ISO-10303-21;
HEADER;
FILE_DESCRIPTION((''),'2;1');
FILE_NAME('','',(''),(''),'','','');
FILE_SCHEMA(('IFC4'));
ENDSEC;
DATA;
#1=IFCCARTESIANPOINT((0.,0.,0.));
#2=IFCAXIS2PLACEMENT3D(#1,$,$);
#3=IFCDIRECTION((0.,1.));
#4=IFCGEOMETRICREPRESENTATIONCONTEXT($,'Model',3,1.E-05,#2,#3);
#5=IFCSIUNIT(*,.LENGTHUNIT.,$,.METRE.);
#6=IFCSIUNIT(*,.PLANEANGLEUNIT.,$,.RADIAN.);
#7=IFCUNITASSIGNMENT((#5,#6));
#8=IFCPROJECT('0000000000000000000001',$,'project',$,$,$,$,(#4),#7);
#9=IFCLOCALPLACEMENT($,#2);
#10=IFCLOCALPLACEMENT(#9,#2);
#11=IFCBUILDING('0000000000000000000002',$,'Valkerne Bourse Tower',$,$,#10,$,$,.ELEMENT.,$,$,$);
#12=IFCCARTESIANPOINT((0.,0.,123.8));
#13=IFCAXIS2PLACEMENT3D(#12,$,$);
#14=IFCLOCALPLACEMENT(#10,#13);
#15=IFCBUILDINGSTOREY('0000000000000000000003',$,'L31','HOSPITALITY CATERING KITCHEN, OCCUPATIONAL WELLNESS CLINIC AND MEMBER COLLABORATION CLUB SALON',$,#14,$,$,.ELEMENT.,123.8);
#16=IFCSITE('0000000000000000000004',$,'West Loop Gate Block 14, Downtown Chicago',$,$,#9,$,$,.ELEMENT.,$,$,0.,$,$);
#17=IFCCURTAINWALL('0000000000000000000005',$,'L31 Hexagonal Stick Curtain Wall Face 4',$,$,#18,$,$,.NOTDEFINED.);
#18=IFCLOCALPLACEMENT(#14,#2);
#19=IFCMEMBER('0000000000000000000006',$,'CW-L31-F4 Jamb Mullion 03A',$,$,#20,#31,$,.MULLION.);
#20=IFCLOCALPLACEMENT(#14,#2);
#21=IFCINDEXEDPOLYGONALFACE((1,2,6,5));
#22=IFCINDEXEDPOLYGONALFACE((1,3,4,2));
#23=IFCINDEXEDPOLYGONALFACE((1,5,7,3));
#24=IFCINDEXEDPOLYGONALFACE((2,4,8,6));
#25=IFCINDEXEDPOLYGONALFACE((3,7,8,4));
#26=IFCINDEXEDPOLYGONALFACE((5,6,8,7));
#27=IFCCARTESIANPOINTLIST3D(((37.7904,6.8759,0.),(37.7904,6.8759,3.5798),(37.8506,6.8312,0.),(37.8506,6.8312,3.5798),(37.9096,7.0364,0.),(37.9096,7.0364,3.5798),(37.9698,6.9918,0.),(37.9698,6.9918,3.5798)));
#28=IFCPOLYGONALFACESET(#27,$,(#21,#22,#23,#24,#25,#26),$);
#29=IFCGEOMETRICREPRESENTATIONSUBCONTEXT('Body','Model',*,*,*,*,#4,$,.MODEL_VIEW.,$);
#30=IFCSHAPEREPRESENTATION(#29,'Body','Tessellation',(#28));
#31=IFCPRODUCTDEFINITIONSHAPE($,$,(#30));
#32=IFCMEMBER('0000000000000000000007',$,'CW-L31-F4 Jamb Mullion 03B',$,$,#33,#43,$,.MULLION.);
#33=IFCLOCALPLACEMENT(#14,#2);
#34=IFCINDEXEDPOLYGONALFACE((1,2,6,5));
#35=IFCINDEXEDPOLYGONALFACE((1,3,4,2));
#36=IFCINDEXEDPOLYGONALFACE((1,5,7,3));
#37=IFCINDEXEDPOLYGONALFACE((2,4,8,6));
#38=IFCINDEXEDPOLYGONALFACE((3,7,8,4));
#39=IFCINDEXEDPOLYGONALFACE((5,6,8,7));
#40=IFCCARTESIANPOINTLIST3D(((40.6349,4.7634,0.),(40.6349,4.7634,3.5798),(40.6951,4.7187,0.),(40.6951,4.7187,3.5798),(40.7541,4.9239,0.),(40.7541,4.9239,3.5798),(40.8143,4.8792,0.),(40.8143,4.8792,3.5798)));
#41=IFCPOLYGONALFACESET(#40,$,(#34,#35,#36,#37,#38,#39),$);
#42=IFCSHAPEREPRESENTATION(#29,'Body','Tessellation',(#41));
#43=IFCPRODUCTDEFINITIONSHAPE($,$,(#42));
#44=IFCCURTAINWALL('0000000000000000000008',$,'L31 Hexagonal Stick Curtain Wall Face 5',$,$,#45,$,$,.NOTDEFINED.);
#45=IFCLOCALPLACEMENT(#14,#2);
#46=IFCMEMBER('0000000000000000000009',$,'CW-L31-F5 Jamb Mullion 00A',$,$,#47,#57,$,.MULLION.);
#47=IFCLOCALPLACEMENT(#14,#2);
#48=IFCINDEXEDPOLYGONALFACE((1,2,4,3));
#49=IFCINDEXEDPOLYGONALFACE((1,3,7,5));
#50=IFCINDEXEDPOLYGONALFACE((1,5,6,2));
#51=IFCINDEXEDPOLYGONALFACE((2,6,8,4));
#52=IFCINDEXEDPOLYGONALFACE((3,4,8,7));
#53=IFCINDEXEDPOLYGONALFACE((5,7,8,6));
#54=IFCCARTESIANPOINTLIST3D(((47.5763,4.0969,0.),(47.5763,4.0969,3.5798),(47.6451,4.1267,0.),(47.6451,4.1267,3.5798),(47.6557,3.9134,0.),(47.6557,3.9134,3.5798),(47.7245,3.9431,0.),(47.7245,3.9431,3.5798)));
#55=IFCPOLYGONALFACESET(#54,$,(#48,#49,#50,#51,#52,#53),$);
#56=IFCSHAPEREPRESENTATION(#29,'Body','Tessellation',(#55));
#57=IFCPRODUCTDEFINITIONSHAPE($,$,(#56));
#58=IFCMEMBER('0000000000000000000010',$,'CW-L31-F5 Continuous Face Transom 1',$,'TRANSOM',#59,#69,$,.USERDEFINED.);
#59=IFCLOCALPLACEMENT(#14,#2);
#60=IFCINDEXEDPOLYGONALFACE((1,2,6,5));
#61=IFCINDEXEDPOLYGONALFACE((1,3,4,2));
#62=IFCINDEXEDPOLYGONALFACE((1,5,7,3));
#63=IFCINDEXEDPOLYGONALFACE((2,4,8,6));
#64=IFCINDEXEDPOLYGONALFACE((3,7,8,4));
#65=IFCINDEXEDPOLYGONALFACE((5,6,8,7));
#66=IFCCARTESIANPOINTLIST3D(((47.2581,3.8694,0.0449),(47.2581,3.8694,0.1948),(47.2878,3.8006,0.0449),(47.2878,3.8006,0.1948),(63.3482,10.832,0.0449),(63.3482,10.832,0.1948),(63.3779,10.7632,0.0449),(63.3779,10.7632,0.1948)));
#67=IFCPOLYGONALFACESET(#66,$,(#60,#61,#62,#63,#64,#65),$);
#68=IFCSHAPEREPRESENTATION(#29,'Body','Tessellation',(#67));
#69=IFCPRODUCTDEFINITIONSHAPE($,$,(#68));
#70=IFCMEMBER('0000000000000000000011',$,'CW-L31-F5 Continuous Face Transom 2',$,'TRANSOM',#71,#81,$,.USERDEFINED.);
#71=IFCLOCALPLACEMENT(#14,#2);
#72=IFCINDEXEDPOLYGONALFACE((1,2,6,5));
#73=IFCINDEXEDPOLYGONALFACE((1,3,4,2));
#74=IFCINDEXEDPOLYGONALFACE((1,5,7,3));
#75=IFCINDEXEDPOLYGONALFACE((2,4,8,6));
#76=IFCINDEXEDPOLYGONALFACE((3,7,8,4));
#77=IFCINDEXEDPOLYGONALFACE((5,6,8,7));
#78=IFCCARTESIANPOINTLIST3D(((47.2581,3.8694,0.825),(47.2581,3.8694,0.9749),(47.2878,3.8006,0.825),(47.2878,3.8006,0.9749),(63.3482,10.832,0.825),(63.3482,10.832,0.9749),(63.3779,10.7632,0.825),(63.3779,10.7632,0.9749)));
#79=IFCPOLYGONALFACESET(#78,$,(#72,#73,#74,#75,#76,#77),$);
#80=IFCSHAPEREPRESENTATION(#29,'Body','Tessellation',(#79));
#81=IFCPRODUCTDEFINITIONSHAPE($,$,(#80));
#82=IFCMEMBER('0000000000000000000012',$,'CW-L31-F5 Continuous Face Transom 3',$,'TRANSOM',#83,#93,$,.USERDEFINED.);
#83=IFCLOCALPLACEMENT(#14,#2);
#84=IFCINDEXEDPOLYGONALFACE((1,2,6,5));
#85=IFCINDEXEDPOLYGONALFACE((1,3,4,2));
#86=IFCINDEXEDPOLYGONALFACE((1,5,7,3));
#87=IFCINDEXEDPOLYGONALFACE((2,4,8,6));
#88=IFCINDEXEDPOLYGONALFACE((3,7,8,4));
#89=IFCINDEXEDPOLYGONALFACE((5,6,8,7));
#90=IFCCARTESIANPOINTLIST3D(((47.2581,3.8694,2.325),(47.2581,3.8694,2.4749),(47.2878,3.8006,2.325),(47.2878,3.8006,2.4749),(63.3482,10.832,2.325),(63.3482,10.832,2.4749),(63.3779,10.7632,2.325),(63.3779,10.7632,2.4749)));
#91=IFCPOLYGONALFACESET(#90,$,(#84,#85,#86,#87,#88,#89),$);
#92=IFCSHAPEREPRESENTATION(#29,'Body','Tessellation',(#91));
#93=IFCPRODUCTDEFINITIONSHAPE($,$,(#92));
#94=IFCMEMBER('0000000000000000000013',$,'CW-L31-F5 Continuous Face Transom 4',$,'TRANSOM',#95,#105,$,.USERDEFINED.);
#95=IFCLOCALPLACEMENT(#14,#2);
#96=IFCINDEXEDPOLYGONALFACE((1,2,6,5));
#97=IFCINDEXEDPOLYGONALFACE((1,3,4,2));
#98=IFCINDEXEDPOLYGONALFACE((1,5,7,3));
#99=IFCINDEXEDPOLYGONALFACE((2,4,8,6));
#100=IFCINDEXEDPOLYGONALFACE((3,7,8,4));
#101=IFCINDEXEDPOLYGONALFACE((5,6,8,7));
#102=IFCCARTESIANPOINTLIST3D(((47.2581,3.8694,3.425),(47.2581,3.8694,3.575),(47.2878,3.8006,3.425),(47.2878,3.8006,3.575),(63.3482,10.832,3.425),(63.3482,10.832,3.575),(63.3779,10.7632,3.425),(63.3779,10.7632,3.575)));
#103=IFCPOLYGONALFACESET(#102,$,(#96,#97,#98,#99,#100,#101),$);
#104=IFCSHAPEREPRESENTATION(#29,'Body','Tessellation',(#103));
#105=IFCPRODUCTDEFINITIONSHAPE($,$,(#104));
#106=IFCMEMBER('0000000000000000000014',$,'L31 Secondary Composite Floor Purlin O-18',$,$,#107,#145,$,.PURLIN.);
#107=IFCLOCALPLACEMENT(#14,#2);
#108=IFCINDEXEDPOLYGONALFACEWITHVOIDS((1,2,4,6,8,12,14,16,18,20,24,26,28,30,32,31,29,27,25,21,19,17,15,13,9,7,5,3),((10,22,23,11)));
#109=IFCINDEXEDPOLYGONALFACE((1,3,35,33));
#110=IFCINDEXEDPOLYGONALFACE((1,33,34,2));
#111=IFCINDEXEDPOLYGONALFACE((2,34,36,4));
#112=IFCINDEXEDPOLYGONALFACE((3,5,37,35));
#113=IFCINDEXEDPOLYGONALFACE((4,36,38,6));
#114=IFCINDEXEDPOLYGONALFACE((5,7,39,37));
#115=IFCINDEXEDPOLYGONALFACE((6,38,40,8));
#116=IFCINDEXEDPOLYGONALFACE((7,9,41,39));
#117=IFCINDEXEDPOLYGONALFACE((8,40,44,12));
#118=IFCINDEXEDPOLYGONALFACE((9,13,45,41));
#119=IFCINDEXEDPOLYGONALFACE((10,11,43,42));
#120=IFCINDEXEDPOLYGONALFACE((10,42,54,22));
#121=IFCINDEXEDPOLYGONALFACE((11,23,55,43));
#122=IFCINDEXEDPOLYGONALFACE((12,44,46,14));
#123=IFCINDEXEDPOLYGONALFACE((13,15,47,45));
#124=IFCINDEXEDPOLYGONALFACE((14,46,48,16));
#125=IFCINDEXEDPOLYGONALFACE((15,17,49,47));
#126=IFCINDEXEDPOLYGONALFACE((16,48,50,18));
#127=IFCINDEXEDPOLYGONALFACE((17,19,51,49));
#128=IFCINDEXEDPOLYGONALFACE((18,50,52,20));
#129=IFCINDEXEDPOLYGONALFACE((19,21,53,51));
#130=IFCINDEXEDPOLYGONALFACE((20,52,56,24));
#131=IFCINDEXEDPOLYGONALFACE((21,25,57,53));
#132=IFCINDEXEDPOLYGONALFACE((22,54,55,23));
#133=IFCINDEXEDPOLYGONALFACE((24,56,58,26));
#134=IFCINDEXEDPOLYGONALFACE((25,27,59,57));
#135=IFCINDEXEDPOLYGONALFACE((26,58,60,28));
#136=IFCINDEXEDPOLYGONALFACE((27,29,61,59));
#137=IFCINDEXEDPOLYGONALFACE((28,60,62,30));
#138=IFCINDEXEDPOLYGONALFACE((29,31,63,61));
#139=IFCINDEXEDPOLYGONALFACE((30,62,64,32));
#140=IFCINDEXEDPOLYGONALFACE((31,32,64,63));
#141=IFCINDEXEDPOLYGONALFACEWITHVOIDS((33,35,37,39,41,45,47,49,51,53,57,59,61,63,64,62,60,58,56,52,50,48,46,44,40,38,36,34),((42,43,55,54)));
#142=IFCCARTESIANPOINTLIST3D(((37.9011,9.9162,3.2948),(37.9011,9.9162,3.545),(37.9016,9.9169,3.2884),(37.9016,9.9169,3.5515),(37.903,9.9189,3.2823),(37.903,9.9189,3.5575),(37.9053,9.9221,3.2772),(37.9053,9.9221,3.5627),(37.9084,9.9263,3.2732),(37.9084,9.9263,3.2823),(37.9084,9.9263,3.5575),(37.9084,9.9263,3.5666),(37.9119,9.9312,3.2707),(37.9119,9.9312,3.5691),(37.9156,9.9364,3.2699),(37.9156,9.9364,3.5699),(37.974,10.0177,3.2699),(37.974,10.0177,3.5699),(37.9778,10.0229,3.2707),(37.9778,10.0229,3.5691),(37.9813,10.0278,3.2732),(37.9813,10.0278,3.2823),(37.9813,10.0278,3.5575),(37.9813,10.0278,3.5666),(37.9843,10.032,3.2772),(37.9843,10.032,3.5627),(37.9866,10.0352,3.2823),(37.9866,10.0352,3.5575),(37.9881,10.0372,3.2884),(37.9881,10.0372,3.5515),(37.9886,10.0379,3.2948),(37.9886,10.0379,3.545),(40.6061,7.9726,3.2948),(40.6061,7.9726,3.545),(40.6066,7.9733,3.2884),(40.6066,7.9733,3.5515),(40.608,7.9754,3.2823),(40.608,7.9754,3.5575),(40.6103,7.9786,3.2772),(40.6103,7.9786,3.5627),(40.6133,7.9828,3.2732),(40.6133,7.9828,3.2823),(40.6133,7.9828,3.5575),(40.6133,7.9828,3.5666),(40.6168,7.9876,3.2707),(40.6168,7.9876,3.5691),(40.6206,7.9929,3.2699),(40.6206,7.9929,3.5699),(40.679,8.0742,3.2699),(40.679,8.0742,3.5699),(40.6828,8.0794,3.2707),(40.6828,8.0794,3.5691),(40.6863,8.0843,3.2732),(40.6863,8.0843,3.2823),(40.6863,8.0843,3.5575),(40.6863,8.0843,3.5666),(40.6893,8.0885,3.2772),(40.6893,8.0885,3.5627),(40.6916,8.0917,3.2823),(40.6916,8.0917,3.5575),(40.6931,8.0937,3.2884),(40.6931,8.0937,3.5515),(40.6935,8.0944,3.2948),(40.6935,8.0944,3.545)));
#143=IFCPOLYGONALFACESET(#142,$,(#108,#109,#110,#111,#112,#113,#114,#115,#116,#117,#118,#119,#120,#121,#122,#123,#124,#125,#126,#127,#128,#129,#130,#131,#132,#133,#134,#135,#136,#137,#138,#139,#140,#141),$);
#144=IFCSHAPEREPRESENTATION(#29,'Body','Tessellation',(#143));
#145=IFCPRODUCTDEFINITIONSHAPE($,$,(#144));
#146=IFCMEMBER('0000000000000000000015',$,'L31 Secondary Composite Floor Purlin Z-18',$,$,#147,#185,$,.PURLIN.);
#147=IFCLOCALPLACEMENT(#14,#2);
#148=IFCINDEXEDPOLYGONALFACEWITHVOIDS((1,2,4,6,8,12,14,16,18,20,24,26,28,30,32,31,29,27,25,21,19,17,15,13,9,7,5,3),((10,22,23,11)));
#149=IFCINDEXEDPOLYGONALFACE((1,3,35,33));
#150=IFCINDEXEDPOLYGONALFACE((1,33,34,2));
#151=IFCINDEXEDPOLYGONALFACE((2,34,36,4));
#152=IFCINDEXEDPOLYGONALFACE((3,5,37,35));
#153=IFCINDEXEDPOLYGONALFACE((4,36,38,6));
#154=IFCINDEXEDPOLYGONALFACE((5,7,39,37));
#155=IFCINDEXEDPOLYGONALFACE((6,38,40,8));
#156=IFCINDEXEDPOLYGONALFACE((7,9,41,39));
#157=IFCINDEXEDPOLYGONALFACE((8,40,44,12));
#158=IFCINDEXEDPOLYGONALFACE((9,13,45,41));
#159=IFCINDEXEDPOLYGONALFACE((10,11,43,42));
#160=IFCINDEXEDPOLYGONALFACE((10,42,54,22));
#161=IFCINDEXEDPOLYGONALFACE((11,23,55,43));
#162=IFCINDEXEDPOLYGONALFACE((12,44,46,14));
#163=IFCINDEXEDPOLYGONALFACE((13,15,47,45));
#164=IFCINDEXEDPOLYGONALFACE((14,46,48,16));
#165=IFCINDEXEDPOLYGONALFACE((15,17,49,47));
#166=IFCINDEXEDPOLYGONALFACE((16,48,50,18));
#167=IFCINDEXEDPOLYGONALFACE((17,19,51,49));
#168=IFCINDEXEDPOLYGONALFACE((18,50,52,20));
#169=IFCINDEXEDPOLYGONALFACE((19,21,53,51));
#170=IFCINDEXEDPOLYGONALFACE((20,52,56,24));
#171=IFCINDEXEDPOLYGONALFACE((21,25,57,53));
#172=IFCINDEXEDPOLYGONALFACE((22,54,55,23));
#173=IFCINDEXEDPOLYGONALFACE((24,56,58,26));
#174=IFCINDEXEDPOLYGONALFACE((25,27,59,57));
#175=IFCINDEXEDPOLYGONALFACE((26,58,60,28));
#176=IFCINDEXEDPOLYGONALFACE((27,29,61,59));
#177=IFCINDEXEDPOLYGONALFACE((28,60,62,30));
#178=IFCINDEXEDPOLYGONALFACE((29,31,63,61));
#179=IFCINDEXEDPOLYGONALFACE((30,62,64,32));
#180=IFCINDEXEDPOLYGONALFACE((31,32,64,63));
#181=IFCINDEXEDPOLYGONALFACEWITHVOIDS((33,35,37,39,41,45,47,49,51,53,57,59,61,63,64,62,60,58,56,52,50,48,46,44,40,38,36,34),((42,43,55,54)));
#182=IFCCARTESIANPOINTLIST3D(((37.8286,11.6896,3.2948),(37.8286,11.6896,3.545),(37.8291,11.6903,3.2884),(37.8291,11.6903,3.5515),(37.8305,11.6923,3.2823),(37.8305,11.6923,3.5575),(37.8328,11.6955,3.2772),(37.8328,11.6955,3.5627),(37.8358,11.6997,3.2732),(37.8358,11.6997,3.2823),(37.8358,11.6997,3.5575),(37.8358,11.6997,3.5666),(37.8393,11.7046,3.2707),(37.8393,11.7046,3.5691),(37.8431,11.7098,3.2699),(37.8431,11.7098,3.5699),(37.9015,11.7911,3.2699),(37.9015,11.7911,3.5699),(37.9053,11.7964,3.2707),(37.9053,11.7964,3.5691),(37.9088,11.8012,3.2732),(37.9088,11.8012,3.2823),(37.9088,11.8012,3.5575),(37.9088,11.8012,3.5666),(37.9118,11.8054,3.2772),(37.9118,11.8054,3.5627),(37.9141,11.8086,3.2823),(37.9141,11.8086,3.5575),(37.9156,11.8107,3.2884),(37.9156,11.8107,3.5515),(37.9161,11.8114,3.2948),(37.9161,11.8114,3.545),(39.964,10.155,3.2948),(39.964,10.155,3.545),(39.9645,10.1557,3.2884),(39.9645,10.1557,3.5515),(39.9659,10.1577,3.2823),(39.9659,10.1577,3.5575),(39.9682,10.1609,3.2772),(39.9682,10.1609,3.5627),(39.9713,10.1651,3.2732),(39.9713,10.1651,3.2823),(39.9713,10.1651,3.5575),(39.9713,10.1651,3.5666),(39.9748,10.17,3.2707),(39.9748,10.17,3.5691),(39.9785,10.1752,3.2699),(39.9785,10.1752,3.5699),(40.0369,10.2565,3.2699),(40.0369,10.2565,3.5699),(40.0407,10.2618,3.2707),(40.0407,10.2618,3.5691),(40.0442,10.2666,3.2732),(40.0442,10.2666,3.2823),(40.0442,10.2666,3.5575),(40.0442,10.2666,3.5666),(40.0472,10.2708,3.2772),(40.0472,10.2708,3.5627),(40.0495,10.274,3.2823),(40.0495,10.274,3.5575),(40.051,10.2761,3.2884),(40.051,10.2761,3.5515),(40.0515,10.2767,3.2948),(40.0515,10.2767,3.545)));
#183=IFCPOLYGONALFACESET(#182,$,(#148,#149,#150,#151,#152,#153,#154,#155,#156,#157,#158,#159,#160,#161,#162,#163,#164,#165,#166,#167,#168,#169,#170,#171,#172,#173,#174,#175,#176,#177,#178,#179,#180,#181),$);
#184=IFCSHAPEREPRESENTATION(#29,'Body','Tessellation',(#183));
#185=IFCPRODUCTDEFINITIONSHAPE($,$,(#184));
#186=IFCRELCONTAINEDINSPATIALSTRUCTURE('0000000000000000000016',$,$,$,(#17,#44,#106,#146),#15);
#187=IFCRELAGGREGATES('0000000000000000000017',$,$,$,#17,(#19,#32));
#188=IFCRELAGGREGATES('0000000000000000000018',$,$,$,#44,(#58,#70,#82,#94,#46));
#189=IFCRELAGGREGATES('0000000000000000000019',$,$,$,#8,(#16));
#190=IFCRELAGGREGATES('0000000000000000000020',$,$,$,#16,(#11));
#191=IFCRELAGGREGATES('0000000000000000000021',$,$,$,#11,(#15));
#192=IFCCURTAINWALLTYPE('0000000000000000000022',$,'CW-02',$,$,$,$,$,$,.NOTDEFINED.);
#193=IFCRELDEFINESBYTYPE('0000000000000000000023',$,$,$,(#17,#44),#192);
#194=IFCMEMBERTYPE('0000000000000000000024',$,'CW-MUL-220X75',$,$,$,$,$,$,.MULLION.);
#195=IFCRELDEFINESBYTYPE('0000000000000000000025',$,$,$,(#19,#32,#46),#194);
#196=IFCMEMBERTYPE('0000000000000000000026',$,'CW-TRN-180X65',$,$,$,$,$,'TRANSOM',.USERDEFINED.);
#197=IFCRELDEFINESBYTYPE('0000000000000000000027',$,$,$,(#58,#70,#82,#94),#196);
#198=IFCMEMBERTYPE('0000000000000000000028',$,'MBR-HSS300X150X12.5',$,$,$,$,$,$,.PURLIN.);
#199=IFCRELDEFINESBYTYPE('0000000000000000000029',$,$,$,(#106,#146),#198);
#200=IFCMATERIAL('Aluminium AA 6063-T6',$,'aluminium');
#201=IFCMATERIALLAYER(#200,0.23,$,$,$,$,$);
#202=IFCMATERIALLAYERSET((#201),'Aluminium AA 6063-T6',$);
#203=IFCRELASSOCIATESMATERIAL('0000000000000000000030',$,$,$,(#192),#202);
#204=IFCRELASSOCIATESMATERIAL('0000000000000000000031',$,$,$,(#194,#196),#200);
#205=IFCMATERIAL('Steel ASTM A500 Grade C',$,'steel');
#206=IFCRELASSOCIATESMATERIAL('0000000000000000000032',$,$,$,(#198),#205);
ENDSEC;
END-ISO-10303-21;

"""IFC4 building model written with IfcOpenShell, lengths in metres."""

from ifc_helpers import new_model, si_unit, direction, frame, origin, origin_2d, place, context, subcontext, project, spatial, rectangle, hollow_rectangle, extrude, material, layer, layer_set, material_profile, profile_set, type_object, element, aggregate, save


model = new_model("IFC4")

# Units and contexts
model_context = context("Model", 3, precision=1e-05, world=origin(), true_north=direction((0.0, 1.0)))
body_context = subcontext(model_context, "Body", "Model", "MODEL_VIEW")
ifc_project = project(units=[si_unit("LENGTHUNIT", "METRE"), si_unit("PLANEANGLEUNIT", "RADIAN")], contexts=[model_context])

# Site, building, storey
site_placement = place(None, origin())
site = spatial("IfcSite", under=ifc_project, at=site_placement, Name="West Loop Gate Block 14, Downtown Chicago", CompositionType="ELEMENT", RefElevation=0.0)
building_placement = place(site_placement, origin())
building = spatial("IfcBuilding", under=site, at=building_placement, Name="Valkerne Bourse Tower", CompositionType="ELEMENT")
storey_placement = place(building_placement, frame((0.0, 0.0, 123.8)))
storey = spatial("IfcBuildingStorey", under=building, at=storey_placement, Name="L31", Description="HOSPITALITY CATERING KITCHEN, OCCUPATIONAL WELLNESS CLINIC AND MEMBER COLLABORATION CLUB SALON", CompositionType="ELEMENT", Elevation=123.8)

# Curtain walls, members
ifc_material_1 = material(Name="Aluminium AA 6063-T6", Category="aluminium")
ifc_layer_1 = layer(ifc_material_1, 0.23)
ifc_layer_set_1 = layer_set([ifc_layer_1], Name="Aluminium AA 6063-T6")
curtain_wall_type = type_object("IfcCurtainWallType", Name="CW-02", PredefinedType="NOTDEFINED", material=ifc_layer_set_1)
curtain_wall_1_placement = place(storey_placement, origin())
curtain_wall_1 = element("IfcCurtainWall", 1, at=curtain_wall_1_placement, inside=storey, type_object=curtain_wall_type, Name="L31 Hexagonal Stick Curtain Wall Face 4", PredefinedType="NOTDEFINED")
ifc_material_profile_1 = material_profile(ifc_material_1, rectangle(XDim=0.075, YDim=0.2, at=origin_2d()), Name="CWM-75X200")
ifc_profile_set_1 = profile_set([ifc_material_profile_1], Name="Aluminium AA 6063-T6")
member_type_1 = type_object("IfcMemberType", Name="CW-MUL-220X75", PredefinedType="MULLION", material=ifc_profile_set_1)
member_1_placement = place(storey_placement, frame((37.8801, 6.9338, 0.0), z_axis=(0.0, 0.0, 1.0), x_axis=(0.802817, -0.596226, 0.0)))
member_1 = element("IfcMember", 2, at=member_1_placement, type_object=member_type_1, Name="CW-L31-F4 Jamb Mullion 03A", PredefinedType="MULLION", context=body_context, shape_type="SweptSolid", body=[
    extrude(rectangle(XDim=0.075, YDim=0.2, at=origin_2d()), origin(), (0.0, 0.0, 1.0), 3.5798),
])
member_2_placement = place(storey_placement, frame((40.7246, 4.8213, 0.0), z_axis=(0.0, 0.0, 1.0), x_axis=(0.802817, -0.596226, 0.0)))
member_2 = element("IfcMember", 3, at=member_2_placement, type_object=member_type_1, Name="CW-L31-F4 Jamb Mullion 03B", PredefinedType="MULLION", context=body_context, shape_type="SweptSolid", body=[
    extrude(rectangle(XDim=0.075, YDim=0.2, at=origin_2d()), origin(), (0.0, 0.0, 1.0), 3.5798),
])
curtain_wall_2_placement = place(storey_placement, origin())
curtain_wall_2 = element("IfcCurtainWall", 4, at=curtain_wall_2_placement, inside=storey, type_object=curtain_wall_type, Name="L31 Hexagonal Stick Curtain Wall Face 5", PredefinedType="NOTDEFINED")
member_3_placement = place(storey_placement, frame((47.6504, 4.02, 0.0), z_axis=(0.0, 0.0, 1.0), x_axis=(0.917762, 0.39713, 0.0)))
member_3 = element("IfcMember", 5, at=member_3_placement, type_object=member_type_1, Name="CW-L31-F5 Jamb Mullion 00A", PredefinedType="MULLION", context=body_context, shape_type="SweptSolid", body=[
    extrude(rectangle(XDim=0.075, YDim=0.2, at=origin_2d()), origin(), (0.0, 0.0, 1.0), 3.5798),
])
ifc_material_profile_2 = material_profile(ifc_material_1, rectangle(XDim=0.075, YDim=0.1499, at=origin_2d()), Name="CWT-75X150")
ifc_profile_set_2 = profile_set([ifc_material_profile_2], Name="Aluminium AA 6063-T6")
member_type_2 = type_object("IfcMemberType", Name="CW-TRN-180X65", ElementType="TRANSOM", PredefinedType="USERDEFINED", material=ifc_profile_set_2)
member_4_placement = place(storey_placement, frame((47.2729, 3.835, 0.1199), z_axis=(0.917758, 0.39714, 0.0), x_axis=(-0.39714, 0.917758, 0.0)))
member_4 = element("IfcMember", 6, at=member_4_placement, type_object=member_type_2, Name="CW-L31-F5 Continuous Face Transom 1", ObjectType="TRANSOM", PredefinedType="USERDEFINED", context=body_context, shape_type="SweptSolid", body=[
    extrude(rectangle(XDim=0.075, YDim=0.1499, at=origin_2d()), origin(), (0.0, 0.0, 1.0), 17.532),
])
member_5_placement = place(storey_placement, frame((47.2729, 3.835, 0.8999), z_axis=(0.917758, 0.39714, 0.0), x_axis=(-0.39714, 0.917758, 0.0)))
member_5 = element("IfcMember", 7, at=member_5_placement, type_object=member_type_2, Name="CW-L31-F5 Continuous Face Transom 2", ObjectType="TRANSOM", PredefinedType="USERDEFINED", context=body_context, shape_type="SweptSolid", body=[
    extrude(rectangle(XDim=0.075, YDim=0.1499, at=origin_2d()), origin(), (0.0, 0.0, 1.0), 17.532),
])
member_6_placement = place(storey_placement, frame((47.2729, 3.835, 2.3999), z_axis=(0.917758, 0.39714, 0.0), x_axis=(-0.39714, 0.917758, 0.0)))
member_6 = element("IfcMember", 8, at=member_6_placement, type_object=member_type_2, Name="CW-L31-F5 Continuous Face Transom 3", ObjectType="TRANSOM", PredefinedType="USERDEFINED", context=body_context, shape_type="SweptSolid", body=[
    extrude(rectangle(XDim=0.075, YDim=0.1499, at=origin_2d()), origin(), (0.0, 0.0, 1.0), 17.532),
])
member_7_placement = place(storey_placement, frame((47.2729, 3.835, 3.5), z_axis=(0.917758, 0.39714, 0.0), x_axis=(-0.39714, 0.917758, 0.0)))
member_7 = element("IfcMember", 9, at=member_7_placement, type_object=member_type_2, Name="CW-L31-F5 Continuous Face Transom 4", ObjectType="TRANSOM", PredefinedType="USERDEFINED", context=body_context, shape_type="SweptSolid", body=[
    extrude(rectangle(XDim=0.075, YDim=0.1499, at=origin_2d()), origin(), (0.0, 0.0, 1.0), 17.532),
])

# Members
ifc_material_2 = material(Name="Steel ASTM A500 Grade C", Category="steel")
ifc_material_profile_3 = material_profile(ifc_material_2, hollow_rectangle(XDim=0.1499, YDim=0.3, WallThickness=0.0125, OuterFilletRadius=0.0249, at=origin_2d()), Name="HSS300X150X12.5")
ifc_profile_set_3 = profile_set([ifc_material_profile_3], Name="Steel ASTM A500 Grade C")
member_type_3 = type_object("IfcMemberType", Name="MBR-HSS300X150X12.5", PredefinedType="PURLIN", material=ifc_profile_set_3)
member_8_placement = place(storey_placement, frame((37.9448, 9.9771, 3.4199), z_axis=(0.812111, -0.583503, 0.0), x_axis=(0.583503, 0.812111, 0.0)))
element("IfcMember", 10, at=member_8_placement, inside=storey, type_object=member_type_3, Name="L31 Secondary Composite Floor Purlin O-18", PredefinedType="PURLIN", context=body_context, shape_type="SweptSolid", body=[
    extrude(hollow_rectangle(XDim=0.1499, YDim=0.3, WallThickness=0.0125, OuterFilletRadius=0.0249, at=origin_2d()), origin(), (0.0, 0.0, 1.0), 3.3308),
])
member_9_placement = place(storey_placement, frame((37.8723, 11.7505, 3.4199), z_axis=(0.812055, -0.583581, 0.0), x_axis=(0.583581, 0.812055, 0.0)))
element("IfcMember", 11, at=member_9_placement, inside=storey, type_object=member_type_3, Name="L31 Secondary Composite Floor Purlin Z-18", PredefinedType="PURLIN", context=body_context, shape_type="SweptSolid", body=[
    extrude(hollow_rectangle(XDim=0.1499, YDim=0.3, WallThickness=0.0125, OuterFilletRadius=0.0249, at=origin_2d()), origin(), (0.0, 0.0, 1.0), 2.6296),
])

aggregate(curtain_wall_1, [member_1, member_2])
aggregate(curtain_wall_2, [member_4, member_5, member_6, member_7, member_3])

save(model, "model.ifc")
